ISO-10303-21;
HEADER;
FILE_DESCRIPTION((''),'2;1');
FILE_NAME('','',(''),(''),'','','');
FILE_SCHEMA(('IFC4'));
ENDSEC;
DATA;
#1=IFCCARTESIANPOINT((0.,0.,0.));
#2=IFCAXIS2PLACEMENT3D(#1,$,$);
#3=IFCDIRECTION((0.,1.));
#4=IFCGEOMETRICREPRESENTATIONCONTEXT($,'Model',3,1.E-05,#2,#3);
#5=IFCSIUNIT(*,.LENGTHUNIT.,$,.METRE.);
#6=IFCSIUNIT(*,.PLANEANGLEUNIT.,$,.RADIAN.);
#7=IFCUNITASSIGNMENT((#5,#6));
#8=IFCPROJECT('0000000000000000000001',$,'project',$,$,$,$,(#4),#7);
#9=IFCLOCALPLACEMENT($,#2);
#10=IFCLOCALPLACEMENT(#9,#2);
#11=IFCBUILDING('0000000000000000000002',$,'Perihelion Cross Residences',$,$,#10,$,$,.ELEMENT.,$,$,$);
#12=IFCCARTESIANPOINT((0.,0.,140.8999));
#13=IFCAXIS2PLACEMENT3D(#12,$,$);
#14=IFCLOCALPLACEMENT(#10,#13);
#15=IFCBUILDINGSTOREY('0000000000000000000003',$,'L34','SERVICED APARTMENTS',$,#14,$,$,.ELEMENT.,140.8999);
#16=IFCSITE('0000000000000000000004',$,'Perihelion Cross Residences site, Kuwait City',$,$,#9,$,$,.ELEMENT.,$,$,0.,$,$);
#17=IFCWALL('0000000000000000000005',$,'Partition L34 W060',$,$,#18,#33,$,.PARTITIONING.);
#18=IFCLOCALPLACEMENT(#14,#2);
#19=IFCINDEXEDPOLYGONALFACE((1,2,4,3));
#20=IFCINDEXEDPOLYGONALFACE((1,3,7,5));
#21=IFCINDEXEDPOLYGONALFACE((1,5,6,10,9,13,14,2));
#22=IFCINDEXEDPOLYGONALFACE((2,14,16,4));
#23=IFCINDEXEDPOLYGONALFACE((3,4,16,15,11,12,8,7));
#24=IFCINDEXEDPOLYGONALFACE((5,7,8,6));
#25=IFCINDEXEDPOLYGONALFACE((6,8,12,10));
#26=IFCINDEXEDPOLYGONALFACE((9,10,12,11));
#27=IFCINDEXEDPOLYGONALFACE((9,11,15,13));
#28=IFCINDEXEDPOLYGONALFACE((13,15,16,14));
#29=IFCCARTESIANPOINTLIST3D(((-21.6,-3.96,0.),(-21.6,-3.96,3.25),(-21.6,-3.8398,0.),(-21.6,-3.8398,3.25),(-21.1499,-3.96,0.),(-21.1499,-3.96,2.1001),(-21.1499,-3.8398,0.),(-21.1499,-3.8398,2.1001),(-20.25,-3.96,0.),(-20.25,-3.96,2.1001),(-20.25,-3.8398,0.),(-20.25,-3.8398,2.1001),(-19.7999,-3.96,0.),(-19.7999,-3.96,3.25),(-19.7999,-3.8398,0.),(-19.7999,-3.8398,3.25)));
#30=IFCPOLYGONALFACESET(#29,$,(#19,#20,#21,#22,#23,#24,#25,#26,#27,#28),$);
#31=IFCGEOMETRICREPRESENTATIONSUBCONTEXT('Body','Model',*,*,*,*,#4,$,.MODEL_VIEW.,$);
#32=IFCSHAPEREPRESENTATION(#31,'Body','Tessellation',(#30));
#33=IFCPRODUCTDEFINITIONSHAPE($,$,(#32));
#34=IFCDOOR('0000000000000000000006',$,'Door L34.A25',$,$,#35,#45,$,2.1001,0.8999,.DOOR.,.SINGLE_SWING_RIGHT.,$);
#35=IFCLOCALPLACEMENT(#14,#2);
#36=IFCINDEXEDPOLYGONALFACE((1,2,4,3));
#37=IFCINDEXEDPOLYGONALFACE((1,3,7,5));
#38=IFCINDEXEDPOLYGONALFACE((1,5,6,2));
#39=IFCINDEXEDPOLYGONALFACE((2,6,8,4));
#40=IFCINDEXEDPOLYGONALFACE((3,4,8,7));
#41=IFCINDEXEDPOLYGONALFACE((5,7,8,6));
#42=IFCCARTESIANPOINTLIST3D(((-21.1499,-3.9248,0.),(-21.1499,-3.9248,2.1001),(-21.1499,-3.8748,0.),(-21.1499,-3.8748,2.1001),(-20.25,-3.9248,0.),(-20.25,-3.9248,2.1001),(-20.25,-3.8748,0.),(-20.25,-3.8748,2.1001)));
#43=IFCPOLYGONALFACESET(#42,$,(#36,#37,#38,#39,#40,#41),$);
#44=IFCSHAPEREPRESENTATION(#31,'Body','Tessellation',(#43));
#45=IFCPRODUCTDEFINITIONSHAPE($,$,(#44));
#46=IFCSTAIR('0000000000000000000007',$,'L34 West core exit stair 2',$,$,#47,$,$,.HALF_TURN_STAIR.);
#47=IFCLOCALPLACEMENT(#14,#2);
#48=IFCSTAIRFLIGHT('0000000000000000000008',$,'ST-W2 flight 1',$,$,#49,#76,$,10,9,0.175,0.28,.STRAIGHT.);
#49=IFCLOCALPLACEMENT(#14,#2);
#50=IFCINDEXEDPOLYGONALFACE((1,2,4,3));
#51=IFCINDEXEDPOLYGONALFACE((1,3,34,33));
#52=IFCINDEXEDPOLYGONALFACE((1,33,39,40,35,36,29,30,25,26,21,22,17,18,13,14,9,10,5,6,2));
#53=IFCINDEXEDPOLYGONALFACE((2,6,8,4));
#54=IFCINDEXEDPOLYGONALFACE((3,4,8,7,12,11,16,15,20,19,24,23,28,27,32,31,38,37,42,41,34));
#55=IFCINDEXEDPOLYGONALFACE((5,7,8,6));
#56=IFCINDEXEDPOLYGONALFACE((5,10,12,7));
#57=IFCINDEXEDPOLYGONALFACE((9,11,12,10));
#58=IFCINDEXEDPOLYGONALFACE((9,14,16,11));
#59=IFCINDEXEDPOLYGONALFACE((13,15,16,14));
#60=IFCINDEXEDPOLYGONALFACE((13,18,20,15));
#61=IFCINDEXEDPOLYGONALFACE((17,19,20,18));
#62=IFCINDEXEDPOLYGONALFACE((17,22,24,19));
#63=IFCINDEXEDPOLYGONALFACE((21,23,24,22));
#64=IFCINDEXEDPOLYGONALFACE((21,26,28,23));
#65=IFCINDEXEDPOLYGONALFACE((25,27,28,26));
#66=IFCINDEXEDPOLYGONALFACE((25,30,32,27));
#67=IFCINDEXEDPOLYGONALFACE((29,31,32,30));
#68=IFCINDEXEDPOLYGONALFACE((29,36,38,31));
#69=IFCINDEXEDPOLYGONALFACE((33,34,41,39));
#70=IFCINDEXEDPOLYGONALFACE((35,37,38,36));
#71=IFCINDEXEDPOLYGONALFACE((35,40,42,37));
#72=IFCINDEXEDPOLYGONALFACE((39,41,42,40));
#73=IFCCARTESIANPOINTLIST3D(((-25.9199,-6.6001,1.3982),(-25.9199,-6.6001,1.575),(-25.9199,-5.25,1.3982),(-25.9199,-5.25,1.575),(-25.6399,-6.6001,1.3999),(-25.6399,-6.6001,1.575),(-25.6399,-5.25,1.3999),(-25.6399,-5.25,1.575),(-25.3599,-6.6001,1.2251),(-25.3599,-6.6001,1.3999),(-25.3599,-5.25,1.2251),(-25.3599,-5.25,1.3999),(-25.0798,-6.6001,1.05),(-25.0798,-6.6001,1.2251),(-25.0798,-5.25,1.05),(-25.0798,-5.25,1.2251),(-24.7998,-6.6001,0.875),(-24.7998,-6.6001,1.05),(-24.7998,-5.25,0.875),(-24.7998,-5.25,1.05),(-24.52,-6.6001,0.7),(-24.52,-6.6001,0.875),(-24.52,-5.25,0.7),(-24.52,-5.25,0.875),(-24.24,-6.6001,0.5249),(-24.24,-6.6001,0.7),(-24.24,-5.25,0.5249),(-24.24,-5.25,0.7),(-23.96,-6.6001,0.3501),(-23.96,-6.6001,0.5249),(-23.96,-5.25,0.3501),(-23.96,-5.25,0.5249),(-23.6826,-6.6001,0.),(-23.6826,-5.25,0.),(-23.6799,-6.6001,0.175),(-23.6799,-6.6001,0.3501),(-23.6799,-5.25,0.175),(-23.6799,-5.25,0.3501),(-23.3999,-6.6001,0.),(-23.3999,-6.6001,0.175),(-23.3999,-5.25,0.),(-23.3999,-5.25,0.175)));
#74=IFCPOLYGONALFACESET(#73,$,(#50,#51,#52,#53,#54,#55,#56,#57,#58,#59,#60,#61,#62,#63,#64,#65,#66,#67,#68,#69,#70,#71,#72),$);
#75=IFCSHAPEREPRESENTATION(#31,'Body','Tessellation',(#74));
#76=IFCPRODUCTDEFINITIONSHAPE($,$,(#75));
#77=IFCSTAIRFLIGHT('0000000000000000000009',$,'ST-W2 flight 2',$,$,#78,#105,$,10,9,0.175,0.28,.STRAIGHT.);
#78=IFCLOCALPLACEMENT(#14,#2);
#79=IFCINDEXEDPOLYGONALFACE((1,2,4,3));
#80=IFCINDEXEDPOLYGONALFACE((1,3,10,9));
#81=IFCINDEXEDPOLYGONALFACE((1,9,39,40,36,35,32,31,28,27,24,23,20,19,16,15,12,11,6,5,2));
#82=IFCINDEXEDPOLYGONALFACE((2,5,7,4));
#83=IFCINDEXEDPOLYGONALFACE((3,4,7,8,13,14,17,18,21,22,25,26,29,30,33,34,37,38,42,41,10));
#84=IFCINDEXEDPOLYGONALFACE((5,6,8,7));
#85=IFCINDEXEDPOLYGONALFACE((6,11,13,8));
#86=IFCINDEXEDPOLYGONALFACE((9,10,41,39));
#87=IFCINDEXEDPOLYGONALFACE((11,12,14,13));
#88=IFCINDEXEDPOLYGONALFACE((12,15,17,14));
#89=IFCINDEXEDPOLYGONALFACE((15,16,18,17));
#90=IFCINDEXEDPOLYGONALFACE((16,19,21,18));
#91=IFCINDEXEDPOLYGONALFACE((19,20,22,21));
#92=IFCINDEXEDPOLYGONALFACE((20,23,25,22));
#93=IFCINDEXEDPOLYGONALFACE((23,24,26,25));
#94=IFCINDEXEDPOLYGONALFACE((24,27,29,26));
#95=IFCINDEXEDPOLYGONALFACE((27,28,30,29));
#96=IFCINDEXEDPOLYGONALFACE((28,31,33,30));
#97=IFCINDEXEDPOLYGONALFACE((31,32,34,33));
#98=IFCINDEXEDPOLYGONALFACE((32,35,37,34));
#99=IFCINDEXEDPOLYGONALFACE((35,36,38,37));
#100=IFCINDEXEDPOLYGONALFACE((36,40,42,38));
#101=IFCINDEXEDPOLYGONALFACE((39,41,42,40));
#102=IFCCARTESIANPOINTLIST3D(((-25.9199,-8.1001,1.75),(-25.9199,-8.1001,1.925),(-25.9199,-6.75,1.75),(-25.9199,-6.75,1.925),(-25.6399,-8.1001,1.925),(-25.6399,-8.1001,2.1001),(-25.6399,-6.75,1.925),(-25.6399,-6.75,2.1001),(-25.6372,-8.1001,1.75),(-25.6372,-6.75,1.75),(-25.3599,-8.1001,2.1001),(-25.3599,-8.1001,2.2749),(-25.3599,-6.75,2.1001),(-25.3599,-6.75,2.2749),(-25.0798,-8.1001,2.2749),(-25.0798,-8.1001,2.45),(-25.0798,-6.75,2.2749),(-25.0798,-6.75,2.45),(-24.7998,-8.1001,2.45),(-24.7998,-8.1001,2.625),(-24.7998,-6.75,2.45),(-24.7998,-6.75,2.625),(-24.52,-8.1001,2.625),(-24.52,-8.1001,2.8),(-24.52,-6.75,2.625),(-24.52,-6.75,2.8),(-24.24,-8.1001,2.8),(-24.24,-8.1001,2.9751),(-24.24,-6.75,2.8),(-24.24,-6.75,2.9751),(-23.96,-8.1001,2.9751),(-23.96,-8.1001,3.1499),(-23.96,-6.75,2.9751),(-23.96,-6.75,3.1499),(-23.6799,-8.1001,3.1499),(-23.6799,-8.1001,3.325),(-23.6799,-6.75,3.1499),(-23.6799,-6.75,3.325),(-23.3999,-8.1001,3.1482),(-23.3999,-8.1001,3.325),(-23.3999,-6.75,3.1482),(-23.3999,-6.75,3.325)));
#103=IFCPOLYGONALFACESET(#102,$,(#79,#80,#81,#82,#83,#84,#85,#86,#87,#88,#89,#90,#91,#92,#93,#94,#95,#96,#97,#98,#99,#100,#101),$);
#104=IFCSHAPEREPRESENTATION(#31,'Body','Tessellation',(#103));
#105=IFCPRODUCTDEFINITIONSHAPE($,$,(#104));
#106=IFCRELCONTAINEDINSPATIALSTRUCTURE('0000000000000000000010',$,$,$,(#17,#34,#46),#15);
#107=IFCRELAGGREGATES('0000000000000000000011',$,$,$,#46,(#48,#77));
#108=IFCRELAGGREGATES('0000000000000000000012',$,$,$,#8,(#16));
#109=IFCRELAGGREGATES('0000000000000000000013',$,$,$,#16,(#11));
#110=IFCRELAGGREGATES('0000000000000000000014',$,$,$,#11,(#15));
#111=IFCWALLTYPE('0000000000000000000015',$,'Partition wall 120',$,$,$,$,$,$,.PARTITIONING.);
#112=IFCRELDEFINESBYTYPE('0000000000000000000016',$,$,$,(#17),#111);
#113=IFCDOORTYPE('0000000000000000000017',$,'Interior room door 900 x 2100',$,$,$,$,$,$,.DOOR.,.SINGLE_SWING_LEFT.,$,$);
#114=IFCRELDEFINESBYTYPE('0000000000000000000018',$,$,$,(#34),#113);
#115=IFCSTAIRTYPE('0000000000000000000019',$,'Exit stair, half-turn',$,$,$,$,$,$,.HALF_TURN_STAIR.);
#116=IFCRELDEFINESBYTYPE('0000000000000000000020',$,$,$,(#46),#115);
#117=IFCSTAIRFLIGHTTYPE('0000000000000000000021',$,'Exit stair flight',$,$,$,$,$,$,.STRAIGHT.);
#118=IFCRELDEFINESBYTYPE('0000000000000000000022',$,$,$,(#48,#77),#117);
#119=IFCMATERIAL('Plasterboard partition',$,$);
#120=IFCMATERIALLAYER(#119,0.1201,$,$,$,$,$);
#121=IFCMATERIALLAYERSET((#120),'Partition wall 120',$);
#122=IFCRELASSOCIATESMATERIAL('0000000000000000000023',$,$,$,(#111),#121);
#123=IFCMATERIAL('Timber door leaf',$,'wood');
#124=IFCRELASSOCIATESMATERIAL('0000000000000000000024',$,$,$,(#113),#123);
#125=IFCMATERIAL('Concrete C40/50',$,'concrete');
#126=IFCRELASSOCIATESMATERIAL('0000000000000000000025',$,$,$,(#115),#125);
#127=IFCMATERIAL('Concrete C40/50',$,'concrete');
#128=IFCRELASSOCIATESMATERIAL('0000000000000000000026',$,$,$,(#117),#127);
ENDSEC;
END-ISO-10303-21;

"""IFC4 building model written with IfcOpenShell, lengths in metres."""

from ifc_helpers import new_model, si_unit, direction, frame, frame_2d, origin, place, context, subcontext, project, spatial, polyline, rectangle, outline, extrude, material, layer, layer_set, type_object, element, fill, aggregate, save


model = new_model("IFC4")

# Units and contexts
model_context = context("Model", 3, precision=1e-05, world=origin(), true_north=direction((0.0, 1.0)))
body_context = subcontext(model_context, "Body", "Model", "MODEL_VIEW")
ifc_project = project(units=[si_unit("LENGTHUNIT", "METRE"), si_unit("PLANEANGLEUNIT", "RADIAN")], contexts=[model_context])

# Site, building, storey
site_placement = place(None, origin())
site = spatial("IfcSite", under=ifc_project, at=site_placement, Name="Perihelion Cross Residences site, Kuwait City", CompositionType="ELEMENT", RefElevation=0.0)
building_placement = place(site_placement, origin())
building = spatial("IfcBuilding", under=site, at=building_placement, Name="Perihelion Cross Residences", CompositionType="ELEMENT")
storey_placement = place(building_placement, frame((0.0, 0.0, 140.8999)))
storey = spatial("IfcBuildingStorey", under=building, at=storey_placement, Name="L34", Description="SERVICED APARTMENTS", CompositionType="ELEMENT", Elevation=140.8999)

# Wall, opening, door
ifc_material_1 = material(Name="Plasterboard partition")
ifc_layer_1 = layer(ifc_material_1, 0.1201)
ifc_layer_set_1 = layer_set([ifc_layer_1], Name="Partition wall 120")
wall_type_1 = type_object("IfcWallType", Name="Partition wall 120", PredefinedType="PARTITIONING", material=ifc_layer_set_1)
wall_1_placement = place(storey_placement, frame((-19.8, -3.8999, 0.0), z_axis=(0.0, 0.0, 1.0), x_axis=(-1.0, 0.0, 0.0)))
wall_1 = element("IfcWall", 1, at=wall_1_placement, inside=storey, type_object=wall_type_1, Name="Partition L34 W060", PredefinedType="PARTITIONING", context=body_context, shape_type="SweptSolid", body=[
    extrude(rectangle(XDim=1.8, YDim=0.1201, at=frame_2d((0.8999, 0.0))), origin(), (0.0, 0.0, 1.0), 3.25),
])
opening_1_placement = place(wall_1_placement, frame((0.45, 0.0, 0.0)))
opening_1 = element("IfcOpeningElement", 2, at=opening_1_placement, cuts=wall_1, PredefinedType="OPENING", context=body_context, shape_type="SweptSolid", body=[
    extrude(rectangle(XDim=0.8999, YDim=2.1001, at=frame_2d((0.45, 1.05))), frame((0.0, 0.0701, 0.0), z_axis=(0.0, -1.0, 0.0), x_axis=(1.0, 0.0, 0.0)), (0.0, 0.0, 1.0), 0.1401),
])
ifc_material_2 = material(Name="Timber door leaf", Category="wood")
door_type_1 = type_object("IfcDoorType", Name="Interior room door 900 x 2100", OperationType="SINGLE_SWING_LEFT", PredefinedType="DOOR", material=ifc_material_2)
door_1_placement = place(opening_1_placement, origin())
door_1 = element("IfcDoor", 3, at=door_1_placement, inside=storey, type_object=door_type_1, Name="Door L34.A25", OperationType="SINGLE_SWING_RIGHT", OverallHeight=2.1001, OverallWidth=0.8999, PredefinedType="DOOR", context=body_context, shape_type="SweptSolid", body=[
    extrude(rectangle(XDim=0.8999, YDim=2.1001, at=frame_2d((0.45, 1.05))), frame((0.0, 0.0249, 0.0), z_axis=(0.0, -1.0, 0.0), x_axis=(1.0, 0.0, 0.0)), (0.0, 0.0, 1.0), 0.05),
])
fill(opening_1, door_1)

# Stair, stair flights
ifc_material_3 = material(Name="Concrete C40/50", Category="concrete")
stair_type = type_object("IfcStairType", Name="Exit stair, half-turn", PredefinedType="HALF_TURN_STAIR", material=ifc_material_3)
stair_placement = place(storey_placement, origin())
stair = element("IfcStair", 4, at=stair_placement, inside=storey, type_object=stair_type, Name="L34 West core exit stair 2", PredefinedType="HALF_TURN_STAIR")
ifc_material_4 = material(Name="Concrete C40/50", Category="concrete")
stair_flight_type = type_object("IfcStairFlightType", Name="Exit stair flight", PredefinedType="STRAIGHT", material=ifc_material_4)
stair_flight_1_placement = place(storey_placement, frame((-23.3999, -5.925, 0.0), z_axis=(0.0, 0.0, 1.0), x_axis=(-1.0, 0.0, 0.0)))
stair_flight_1 = element("IfcStairFlight", 5, at=stair_flight_1_placement, type_object=stair_flight_type, Name="ST-W2 flight 1", NumberOfRisers=10, NumberOfTreads=9, PredefinedType="STRAIGHT", RiserHeight=0.175, TreadLength=0.28, context=body_context, shape_type="SweptSolid", body=[
    extrude(outline(polyline([(0.0, 0.0), (0.0, 0.175), (0.28, 0.175), (0.28, 0.3501), (0.5601, 0.3501), (0.5601, 0.5249), (0.8401, 0.5249), (0.8401, 0.7), (1.1201, 0.7), (1.1201, 0.875), (1.3999, 0.875), (1.3999, 1.05), (1.6799, 1.05), (1.6799, 1.2251), (1.96, 1.2251), (1.96, 1.3999), (2.24, 1.3999), (2.24, 1.575), (2.52, 1.575), (2.52, 1.75), (2.52, 1.3982), (0.2827, 0.0), (0.0, 0.0)])), frame((0.0, 0.675, 0.0), z_axis=(0.0, -1.0, 0.0), x_axis=(1.0, 0.0, 0.0)), (0.0, 0.0, 1.0), 1.3501),
])
stair_flight_2_placement = place(storey_placement, frame((-25.9199, -7.425, 1.75), z_axis=(0.0, 0.0, 1.0), x_axis=(1.0, 0.0, 0.0)))
stair_flight_2 = element("IfcStairFlight", 6, at=stair_flight_2_placement, type_object=stair_flight_type, Name="ST-W2 flight 2", NumberOfRisers=10, NumberOfTreads=9, PredefinedType="STRAIGHT", RiserHeight=0.175, TreadLength=0.28, context=body_context, shape_type="SweptSolid", body=[
    extrude(outline(polyline([(0.0, 0.0), (0.0, 0.175), (0.28, 0.175), (0.28, 0.3501), (0.5601, 0.3501), (0.5601, 0.5249), (0.8401, 0.5249), (0.8401, 0.7), (1.1201, 0.7), (1.1201, 0.875), (1.3999, 0.875), (1.3999, 1.05), (1.6799, 1.05), (1.6799, 1.2251), (1.96, 1.2251), (1.96, 1.3999), (2.24, 1.3999), (2.24, 1.575), (2.52, 1.575), (2.52, 1.75), (2.52, 1.3982), (0.2827, 0.0), (0.0, 0.0)])), frame((0.0, 0.675, 0.0), z_axis=(0.0, -1.0, 0.0), x_axis=(1.0, 0.0, 0.0)), (0.0, 0.0, 1.0), 1.3501),
])
aggregate(stair, [stair_flight_1, stair_flight_2])

save(model, "model.ifc")
